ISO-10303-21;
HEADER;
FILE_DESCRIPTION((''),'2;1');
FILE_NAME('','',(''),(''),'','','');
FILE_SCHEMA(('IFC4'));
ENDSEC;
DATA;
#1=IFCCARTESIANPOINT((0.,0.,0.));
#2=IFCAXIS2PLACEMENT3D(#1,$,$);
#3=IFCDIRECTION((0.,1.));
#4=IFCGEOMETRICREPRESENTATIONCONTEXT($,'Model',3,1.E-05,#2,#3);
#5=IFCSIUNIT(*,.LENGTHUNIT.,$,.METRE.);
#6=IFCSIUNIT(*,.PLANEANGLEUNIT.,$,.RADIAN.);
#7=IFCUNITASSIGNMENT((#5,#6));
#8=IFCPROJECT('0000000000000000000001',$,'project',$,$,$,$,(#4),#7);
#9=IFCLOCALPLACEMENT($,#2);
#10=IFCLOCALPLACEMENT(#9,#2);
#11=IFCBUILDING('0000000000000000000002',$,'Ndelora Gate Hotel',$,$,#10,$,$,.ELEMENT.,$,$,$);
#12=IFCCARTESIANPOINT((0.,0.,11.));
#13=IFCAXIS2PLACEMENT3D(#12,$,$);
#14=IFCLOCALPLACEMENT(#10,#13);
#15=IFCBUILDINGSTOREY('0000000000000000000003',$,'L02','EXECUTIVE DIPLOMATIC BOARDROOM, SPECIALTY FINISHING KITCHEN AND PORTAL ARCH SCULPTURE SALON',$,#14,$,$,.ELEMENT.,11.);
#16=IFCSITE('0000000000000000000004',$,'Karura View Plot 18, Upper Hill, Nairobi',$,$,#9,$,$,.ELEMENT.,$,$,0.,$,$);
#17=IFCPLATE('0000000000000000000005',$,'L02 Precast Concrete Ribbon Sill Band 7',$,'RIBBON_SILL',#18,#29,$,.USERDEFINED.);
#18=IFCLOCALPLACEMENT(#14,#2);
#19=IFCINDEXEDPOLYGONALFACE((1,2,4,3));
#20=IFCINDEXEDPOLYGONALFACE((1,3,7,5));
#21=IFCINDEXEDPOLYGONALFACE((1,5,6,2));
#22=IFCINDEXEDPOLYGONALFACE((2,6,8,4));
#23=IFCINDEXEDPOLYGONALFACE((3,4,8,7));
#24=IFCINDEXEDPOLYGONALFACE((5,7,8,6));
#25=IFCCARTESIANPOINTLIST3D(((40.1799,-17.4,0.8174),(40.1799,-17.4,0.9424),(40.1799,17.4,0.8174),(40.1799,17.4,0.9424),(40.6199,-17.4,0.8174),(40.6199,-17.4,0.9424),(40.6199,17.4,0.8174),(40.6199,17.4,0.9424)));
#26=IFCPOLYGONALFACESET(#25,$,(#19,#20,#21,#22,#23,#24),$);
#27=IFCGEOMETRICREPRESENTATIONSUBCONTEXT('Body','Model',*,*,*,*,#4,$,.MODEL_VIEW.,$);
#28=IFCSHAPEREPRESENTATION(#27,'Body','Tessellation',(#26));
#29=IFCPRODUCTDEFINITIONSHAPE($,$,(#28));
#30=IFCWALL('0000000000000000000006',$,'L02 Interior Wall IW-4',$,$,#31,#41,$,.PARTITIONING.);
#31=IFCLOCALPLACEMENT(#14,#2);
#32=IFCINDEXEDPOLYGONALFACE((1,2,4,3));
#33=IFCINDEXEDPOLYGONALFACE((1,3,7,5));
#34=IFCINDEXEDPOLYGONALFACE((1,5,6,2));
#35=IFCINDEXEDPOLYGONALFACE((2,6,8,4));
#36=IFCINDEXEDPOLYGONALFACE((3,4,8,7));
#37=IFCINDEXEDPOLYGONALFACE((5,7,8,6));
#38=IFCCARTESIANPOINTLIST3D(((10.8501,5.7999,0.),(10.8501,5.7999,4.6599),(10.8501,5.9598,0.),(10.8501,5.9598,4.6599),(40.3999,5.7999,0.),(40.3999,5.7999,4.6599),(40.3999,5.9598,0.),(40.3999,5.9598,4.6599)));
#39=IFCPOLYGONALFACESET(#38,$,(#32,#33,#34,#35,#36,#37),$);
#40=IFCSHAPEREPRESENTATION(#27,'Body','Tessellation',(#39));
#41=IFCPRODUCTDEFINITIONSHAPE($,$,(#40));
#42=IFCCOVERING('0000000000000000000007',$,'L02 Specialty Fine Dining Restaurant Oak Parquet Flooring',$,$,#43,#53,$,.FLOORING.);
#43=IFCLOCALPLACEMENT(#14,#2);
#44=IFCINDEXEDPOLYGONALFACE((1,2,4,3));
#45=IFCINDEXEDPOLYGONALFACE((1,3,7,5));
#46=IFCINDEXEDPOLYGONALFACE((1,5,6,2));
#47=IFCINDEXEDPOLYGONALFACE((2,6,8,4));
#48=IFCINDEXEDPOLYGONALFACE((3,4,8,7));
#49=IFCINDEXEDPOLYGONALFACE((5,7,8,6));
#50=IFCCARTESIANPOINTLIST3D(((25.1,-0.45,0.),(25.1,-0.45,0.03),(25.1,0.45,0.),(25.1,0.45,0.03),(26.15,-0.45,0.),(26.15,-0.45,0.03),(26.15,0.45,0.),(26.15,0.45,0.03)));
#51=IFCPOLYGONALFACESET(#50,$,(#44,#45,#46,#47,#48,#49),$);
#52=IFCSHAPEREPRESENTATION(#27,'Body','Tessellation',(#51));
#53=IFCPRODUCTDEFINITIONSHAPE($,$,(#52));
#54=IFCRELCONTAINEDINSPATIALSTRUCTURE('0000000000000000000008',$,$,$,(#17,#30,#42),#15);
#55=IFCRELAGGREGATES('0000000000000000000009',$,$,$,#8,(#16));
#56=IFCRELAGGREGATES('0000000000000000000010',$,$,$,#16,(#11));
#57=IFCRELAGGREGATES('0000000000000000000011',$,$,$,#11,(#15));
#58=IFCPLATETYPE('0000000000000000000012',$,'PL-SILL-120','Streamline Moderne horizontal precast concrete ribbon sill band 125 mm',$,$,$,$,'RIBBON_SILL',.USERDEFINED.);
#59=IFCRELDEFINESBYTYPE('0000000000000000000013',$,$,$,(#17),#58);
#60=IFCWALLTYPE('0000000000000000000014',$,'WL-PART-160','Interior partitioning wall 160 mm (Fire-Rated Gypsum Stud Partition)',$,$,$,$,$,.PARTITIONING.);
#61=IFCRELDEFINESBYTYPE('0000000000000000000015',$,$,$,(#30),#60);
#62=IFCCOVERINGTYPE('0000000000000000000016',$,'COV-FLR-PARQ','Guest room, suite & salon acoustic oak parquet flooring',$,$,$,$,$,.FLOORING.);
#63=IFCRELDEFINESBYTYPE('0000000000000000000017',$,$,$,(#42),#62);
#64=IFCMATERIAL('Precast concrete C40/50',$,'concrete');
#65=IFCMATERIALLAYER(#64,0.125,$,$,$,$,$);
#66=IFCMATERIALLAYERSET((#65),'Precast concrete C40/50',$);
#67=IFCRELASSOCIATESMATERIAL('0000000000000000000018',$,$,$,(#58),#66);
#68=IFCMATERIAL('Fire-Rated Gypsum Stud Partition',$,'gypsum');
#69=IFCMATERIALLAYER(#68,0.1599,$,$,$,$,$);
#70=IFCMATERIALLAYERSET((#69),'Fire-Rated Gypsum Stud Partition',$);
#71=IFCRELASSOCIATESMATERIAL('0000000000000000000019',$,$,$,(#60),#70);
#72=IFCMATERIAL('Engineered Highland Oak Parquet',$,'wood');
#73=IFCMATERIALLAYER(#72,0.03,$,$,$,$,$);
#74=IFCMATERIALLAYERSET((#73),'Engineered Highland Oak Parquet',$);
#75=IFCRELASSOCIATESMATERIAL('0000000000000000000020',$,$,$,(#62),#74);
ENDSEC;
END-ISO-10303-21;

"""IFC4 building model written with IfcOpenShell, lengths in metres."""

from ifc_helpers import new_model, si_unit, direction, frame, frame_2d, origin, origin_2d, place, context, subcontext, project, spatial, rectangle, extrude, material, layer, layer_set, type_object, element, save


model = new_model("IFC4")

# Units and contexts
model_context = context("Model", 3, precision=1e-05, world=origin(), true_north=direction((0.0, 1.0)))
body_context = subcontext(model_context, "Body", "Model", "MODEL_VIEW")
ifc_project = project(units=[si_unit("LENGTHUNIT", "METRE"), si_unit("PLANEANGLEUNIT", "RADIAN")], contexts=[model_context])

# Site, building, storey
site_placement = place(None, origin())
site = spatial("IfcSite", under=ifc_project, at=site_placement, Name="Karura View Plot 18, Upper Hill, Nairobi", CompositionType="ELEMENT", RefElevation=0.0)
building_placement = place(site_placement, origin())
building = spatial("IfcBuilding", under=site, at=building_placement, Name="Ndelora Gate Hotel", CompositionType="ELEMENT")
storey_placement = place(building_placement, frame((0.0, 0.0, 11.0)))
storey = spatial("IfcBuildingStorey", under=building, at=storey_placement, Name="L02", Description="EXECUTIVE DIPLOMATIC BOARDROOM, SPECIALTY FINISHING KITCHEN AND PORTAL ARCH SCULPTURE SALON", CompositionType="ELEMENT", Elevation=11.0)

# Plate
ifc_material_1 = material(Name="Precast concrete C40/50", Category="concrete")
ifc_layer_1 = layer(ifc_material_1, 0.125)
ifc_layer_set_1 = layer_set([ifc_layer_1], Name="Precast concrete C40/50")
plate_type = type_object("IfcPlateType", Name="PL-SILL-120", Description="Streamline Moderne horizontal precast concrete ribbon sill band 125 mm", ElementType="RIBBON_SILL", PredefinedType="USERDEFINED", material=ifc_layer_set_1)
plate_placement = place(storey_placement, frame((40.3999, 0.0, 0.8174), z_axis=(0.0, 0.0, 1.0), x_axis=(0.0, 1.0, 0.0)))
element("IfcPlate", 1, at=plate_placement, inside=storey, type_object=plate_type, Name="L02 Precast Concrete Ribbon Sill Band 7", ObjectType="RIBBON_SILL", PredefinedType="USERDEFINED", context=body_context, shape_type="SweptSolid", body=[
    extrude(rectangle(XDim=34.8, YDim=0.4399, at=origin_2d()), origin(), (0.0, 0.0, 1.0), 0.125),
])

# Wall
ifc_material_2 = material(Name="Fire-Rated Gypsum Stud Partition", Category="gypsum")
ifc_layer_2 = layer(ifc_material_2, 0.1599)
ifc_layer_set_2 = layer_set([ifc_layer_2], Name="Fire-Rated Gypsum Stud Partition")
wall_type = type_object("IfcWallType", Name="WL-PART-160", Description="Interior partitioning wall 160 mm (Fire-Rated Gypsum Stud Partition)", PredefinedType="PARTITIONING", material=ifc_layer_set_2)
wall_placement = place(storey_placement, frame((40.3999, 5.8799, 0.0), z_axis=(0.0, 0.0, 1.0), x_axis=(-1.0, 0.0, 0.0)))
element("IfcWall", 2, at=wall_placement, inside=storey, type_object=wall_type, Name="L02 Interior Wall IW-4", PredefinedType="PARTITIONING", context=body_context, shape_type="SweptSolid", body=[
    extrude(rectangle(XDim=29.5498, YDim=0.1599, at=frame_2d((14.7749, 0.0))), origin(), (0.0, 0.0, 1.0), 4.6599),
])

# Covering
ifc_material_3 = material(Name="Engineered Highland Oak Parquet", Category="wood")
ifc_layer_3 = layer(ifc_material_3, 0.03)
ifc_layer_set_3 = layer_set([ifc_layer_3], Name="Engineered Highland Oak Parquet")
covering_type = type_object("IfcCoveringType", Name="COV-FLR-PARQ", Description="Guest room, suite & salon acoustic oak parquet flooring", PredefinedType="FLOORING", material=ifc_layer_set_3)
covering_placement = place(storey_placement, frame((25.625, 0.0, 0.0), z_axis=(0.0, 0.0, 1.0), x_axis=(1.0, 0.0, 0.0)))
element("IfcCovering", 3, at=covering_placement, inside=storey, type_object=covering_type, Name="L02 Specialty Fine Dining Restaurant Oak Parquet Flooring", PredefinedType="FLOORING", context=body_context, shape_type="SweptSolid", body=[
    extrude(rectangle(XDim=1.05, YDim=0.8999, at=origin_2d()), origin(), (0.0, 0.0, 1.0), 0.03),
])

save(model, "model.ifc")
